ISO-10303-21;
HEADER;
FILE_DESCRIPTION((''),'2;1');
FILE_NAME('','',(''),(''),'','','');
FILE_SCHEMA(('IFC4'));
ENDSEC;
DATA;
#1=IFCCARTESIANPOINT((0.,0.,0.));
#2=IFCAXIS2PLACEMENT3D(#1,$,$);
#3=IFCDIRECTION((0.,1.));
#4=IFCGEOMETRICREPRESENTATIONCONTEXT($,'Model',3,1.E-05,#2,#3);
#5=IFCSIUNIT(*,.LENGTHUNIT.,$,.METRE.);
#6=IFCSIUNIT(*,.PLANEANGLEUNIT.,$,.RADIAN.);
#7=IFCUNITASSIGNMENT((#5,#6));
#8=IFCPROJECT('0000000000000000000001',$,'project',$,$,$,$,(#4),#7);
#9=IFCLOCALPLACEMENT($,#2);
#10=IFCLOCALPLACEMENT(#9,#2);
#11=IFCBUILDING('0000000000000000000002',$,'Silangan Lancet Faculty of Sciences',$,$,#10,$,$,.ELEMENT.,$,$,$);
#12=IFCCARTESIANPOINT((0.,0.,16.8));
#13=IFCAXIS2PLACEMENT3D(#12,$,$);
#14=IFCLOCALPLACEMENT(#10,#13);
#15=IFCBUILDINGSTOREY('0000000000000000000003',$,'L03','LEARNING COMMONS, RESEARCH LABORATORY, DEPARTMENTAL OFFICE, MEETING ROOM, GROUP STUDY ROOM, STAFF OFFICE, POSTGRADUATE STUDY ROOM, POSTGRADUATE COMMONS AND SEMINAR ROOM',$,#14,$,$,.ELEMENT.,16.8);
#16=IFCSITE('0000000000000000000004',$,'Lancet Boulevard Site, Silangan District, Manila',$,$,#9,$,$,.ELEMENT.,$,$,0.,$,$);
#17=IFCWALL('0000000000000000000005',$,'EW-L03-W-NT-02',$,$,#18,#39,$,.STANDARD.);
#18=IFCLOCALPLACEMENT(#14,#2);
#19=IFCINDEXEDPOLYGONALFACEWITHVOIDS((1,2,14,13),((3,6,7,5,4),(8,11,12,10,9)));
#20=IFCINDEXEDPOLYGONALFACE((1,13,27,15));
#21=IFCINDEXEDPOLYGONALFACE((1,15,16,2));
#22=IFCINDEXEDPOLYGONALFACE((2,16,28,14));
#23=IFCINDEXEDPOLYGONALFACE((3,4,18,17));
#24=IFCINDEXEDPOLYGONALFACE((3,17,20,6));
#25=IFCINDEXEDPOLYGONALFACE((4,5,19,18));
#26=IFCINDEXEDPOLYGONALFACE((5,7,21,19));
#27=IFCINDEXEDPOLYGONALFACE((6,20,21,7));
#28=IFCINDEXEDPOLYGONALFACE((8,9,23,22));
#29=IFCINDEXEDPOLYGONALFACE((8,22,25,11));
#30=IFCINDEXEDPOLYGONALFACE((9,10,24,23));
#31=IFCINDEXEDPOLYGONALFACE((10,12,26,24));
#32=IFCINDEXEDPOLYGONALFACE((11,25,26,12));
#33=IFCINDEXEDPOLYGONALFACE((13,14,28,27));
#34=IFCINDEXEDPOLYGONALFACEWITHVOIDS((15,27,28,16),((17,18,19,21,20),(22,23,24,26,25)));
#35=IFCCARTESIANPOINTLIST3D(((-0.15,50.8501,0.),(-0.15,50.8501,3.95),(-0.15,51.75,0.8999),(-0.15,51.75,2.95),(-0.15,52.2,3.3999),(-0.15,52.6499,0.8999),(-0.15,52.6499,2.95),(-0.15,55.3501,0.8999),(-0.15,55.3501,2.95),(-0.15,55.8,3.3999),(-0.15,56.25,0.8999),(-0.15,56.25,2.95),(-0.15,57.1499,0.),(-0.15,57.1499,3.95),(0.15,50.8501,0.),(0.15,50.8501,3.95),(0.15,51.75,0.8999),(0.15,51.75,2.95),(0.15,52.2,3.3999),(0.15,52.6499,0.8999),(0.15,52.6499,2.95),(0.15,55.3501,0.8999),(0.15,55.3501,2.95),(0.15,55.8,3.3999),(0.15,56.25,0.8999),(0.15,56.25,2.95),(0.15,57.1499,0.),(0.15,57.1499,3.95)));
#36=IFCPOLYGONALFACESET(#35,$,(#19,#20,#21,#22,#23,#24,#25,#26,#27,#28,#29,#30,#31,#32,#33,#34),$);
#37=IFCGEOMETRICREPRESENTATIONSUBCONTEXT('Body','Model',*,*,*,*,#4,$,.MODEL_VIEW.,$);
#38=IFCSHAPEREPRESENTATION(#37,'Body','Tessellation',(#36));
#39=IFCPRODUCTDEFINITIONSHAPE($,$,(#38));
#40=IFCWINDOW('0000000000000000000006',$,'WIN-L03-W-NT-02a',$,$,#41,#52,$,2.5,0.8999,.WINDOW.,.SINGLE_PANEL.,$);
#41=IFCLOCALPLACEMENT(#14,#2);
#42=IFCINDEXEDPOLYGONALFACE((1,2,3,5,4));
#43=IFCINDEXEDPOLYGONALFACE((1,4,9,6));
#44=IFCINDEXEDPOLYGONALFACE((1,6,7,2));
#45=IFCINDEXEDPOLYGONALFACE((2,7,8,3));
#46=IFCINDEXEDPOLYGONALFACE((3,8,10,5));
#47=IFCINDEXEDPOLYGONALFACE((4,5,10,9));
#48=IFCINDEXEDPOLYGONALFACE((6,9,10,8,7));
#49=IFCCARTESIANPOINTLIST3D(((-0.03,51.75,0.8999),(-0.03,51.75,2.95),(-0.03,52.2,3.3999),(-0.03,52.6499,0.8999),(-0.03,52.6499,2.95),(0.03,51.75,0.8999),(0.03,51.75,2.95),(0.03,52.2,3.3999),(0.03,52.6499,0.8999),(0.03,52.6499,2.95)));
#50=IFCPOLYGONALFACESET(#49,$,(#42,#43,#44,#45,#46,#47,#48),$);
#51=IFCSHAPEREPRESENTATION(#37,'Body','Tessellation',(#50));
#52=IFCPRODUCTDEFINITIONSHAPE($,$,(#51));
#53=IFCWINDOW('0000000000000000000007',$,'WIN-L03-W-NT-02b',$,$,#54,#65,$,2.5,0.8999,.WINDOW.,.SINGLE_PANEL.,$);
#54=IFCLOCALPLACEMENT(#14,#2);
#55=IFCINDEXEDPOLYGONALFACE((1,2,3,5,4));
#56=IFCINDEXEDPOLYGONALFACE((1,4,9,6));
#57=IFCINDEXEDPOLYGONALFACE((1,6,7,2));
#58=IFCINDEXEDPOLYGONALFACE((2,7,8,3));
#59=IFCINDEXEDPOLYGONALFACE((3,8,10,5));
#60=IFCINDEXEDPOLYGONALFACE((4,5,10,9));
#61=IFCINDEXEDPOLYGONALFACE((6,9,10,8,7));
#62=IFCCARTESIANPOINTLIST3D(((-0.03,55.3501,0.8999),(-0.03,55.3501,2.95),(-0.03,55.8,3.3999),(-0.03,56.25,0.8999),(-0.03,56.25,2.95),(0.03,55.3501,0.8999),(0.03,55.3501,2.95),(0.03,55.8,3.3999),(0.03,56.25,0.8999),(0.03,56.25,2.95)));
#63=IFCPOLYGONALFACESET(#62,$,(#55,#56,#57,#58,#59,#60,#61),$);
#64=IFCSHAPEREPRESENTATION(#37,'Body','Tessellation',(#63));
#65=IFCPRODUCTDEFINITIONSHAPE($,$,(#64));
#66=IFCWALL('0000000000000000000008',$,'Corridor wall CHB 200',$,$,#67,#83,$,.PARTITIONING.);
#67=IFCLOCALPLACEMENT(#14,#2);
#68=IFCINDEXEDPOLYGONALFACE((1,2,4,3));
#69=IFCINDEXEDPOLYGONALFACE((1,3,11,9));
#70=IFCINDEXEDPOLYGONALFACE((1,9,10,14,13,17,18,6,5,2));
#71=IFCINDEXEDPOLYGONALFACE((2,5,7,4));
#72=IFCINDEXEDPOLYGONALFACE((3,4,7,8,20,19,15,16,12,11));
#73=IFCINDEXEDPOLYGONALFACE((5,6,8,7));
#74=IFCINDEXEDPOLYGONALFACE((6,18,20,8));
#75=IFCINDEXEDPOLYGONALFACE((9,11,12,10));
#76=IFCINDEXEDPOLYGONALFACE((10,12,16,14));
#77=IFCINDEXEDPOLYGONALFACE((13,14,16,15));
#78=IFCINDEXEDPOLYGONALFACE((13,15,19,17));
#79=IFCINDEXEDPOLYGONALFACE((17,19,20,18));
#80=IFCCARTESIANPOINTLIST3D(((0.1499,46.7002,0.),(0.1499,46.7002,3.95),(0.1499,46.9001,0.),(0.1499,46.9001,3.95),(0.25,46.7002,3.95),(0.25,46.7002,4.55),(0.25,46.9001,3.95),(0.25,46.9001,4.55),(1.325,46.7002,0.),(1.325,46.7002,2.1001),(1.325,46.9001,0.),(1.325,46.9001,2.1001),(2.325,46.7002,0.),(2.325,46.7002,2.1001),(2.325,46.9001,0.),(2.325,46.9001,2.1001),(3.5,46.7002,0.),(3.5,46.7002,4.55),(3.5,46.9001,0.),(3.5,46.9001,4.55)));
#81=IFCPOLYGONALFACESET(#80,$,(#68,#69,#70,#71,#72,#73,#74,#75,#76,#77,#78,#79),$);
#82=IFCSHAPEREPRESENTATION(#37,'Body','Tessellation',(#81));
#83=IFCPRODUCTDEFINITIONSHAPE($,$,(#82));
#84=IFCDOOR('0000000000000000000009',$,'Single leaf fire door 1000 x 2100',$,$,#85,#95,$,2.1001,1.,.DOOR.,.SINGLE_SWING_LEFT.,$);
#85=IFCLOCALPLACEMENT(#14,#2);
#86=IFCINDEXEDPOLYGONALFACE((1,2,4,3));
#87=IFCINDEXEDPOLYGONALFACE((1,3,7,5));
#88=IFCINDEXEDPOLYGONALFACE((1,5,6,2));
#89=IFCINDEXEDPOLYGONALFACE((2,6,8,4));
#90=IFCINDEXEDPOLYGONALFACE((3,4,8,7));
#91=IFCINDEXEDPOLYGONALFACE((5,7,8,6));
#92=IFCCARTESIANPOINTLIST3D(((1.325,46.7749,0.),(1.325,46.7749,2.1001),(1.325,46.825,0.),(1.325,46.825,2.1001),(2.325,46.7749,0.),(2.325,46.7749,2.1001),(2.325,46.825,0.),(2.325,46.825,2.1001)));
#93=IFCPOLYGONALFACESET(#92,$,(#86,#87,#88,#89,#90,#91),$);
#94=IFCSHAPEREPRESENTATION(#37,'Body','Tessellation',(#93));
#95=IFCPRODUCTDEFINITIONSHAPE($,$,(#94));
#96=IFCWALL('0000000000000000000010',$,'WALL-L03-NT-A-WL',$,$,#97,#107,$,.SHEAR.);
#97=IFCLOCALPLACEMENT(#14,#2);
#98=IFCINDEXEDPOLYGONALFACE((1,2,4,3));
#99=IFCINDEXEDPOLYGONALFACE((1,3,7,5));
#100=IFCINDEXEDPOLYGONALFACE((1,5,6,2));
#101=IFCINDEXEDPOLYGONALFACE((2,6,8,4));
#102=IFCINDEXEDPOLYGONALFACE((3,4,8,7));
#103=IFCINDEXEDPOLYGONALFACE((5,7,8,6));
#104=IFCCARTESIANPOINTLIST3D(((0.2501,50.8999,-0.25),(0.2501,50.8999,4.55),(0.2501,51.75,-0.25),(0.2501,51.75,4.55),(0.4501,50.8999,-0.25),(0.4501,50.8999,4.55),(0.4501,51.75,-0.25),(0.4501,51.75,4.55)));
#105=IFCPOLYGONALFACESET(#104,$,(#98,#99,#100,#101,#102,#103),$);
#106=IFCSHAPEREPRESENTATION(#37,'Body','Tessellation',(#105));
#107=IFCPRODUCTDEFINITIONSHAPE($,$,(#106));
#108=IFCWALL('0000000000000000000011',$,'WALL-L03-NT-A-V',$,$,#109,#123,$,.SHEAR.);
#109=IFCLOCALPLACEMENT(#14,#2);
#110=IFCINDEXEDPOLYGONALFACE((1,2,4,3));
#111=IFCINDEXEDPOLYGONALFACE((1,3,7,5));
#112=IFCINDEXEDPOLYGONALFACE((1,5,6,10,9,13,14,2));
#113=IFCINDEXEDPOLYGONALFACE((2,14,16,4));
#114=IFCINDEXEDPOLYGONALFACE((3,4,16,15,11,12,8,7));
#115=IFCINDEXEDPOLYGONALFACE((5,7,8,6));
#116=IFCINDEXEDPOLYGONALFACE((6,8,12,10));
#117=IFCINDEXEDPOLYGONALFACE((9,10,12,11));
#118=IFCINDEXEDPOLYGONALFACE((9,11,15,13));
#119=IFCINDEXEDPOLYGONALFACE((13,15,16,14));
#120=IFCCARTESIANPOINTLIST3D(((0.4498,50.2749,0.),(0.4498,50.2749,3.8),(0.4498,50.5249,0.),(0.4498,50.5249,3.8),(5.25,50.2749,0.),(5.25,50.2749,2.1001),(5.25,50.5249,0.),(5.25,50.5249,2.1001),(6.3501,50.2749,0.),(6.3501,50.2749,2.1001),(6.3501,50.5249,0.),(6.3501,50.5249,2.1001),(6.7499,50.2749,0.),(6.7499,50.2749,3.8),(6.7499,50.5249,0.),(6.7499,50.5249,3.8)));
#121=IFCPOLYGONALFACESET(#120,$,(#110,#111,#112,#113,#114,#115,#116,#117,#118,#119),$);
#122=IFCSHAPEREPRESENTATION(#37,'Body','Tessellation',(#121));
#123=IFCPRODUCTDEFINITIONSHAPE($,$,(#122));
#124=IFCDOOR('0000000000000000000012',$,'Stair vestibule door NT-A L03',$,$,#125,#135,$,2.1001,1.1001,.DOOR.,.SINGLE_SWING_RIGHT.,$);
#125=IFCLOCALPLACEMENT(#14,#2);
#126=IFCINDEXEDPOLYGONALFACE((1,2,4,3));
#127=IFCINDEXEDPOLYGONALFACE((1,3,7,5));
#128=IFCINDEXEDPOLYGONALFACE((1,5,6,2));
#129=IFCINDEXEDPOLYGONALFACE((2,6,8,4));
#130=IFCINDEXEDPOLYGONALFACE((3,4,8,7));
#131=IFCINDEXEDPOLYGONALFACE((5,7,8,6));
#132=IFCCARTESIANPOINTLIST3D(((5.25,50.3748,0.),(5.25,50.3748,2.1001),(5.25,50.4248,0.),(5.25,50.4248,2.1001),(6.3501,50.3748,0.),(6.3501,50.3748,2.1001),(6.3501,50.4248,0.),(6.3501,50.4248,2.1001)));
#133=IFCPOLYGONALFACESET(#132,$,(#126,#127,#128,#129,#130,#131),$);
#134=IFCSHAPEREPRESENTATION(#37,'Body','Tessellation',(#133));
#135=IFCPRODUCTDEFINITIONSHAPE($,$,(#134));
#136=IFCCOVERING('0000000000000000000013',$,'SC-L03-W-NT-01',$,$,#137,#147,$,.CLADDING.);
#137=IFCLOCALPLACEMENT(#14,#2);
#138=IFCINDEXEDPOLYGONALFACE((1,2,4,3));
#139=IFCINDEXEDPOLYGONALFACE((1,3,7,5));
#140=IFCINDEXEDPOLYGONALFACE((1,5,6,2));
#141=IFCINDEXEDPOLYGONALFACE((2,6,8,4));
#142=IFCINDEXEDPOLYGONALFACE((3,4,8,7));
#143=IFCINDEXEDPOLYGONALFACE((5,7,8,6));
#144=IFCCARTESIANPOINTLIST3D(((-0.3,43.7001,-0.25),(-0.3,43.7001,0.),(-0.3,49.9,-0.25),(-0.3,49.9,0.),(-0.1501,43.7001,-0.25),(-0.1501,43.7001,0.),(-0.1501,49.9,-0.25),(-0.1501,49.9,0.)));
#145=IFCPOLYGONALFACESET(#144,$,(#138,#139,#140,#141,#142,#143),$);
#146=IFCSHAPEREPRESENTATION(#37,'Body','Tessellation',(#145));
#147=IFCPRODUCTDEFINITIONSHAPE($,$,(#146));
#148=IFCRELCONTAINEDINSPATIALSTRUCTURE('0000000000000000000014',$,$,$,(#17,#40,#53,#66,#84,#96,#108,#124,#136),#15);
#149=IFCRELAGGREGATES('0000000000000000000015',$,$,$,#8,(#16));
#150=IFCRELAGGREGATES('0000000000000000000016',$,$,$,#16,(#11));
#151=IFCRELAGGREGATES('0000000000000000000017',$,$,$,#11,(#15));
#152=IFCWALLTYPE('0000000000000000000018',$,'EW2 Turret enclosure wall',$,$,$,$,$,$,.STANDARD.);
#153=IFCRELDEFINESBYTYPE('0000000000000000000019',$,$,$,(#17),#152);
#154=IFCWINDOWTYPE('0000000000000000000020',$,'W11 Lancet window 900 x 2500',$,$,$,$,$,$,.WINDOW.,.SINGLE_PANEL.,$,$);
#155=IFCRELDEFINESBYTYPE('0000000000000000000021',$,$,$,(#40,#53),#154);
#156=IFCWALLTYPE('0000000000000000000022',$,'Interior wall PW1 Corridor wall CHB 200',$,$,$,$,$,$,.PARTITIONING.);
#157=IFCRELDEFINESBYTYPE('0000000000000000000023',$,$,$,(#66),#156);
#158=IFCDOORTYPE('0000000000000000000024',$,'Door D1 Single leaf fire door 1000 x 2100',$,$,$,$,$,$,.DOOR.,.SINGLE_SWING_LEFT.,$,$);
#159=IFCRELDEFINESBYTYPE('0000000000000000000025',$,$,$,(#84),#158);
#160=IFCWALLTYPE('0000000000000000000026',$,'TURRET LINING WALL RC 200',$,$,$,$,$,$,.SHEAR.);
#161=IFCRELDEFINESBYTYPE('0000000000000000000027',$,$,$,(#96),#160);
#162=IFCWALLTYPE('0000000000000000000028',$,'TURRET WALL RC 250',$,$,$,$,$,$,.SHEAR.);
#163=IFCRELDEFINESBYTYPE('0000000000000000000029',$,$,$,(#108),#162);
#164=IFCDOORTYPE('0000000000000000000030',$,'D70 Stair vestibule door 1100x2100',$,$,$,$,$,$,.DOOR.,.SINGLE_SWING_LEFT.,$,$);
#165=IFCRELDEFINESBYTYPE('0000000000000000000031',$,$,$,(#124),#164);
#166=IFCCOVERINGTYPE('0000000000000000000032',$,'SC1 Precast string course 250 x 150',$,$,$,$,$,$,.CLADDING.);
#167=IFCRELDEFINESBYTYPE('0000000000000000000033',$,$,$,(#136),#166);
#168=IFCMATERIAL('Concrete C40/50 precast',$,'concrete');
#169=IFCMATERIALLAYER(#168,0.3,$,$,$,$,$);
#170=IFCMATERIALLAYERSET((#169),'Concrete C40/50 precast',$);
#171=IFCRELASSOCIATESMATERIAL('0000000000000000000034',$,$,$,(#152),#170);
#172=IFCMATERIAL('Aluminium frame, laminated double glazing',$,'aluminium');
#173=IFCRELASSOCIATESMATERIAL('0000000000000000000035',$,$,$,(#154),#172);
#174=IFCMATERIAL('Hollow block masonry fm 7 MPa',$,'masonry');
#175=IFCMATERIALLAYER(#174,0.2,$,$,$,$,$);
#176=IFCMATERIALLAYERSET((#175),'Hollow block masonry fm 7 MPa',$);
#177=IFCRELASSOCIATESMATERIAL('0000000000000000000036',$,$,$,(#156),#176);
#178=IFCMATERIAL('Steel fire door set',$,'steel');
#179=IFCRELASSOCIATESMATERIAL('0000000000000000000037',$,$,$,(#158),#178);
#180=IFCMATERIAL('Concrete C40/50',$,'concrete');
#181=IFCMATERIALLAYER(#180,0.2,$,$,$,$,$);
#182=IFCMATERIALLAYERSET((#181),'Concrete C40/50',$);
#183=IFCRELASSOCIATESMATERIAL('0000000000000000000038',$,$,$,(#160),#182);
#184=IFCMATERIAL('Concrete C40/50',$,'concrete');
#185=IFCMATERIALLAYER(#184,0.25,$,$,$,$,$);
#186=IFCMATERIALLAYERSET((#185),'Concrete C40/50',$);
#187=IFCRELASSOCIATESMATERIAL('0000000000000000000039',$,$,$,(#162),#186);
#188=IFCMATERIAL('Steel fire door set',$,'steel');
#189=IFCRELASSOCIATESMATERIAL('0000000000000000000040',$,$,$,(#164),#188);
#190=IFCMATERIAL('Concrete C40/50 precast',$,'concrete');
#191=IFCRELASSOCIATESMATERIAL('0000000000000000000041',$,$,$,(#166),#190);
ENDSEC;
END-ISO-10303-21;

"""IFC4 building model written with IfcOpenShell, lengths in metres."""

from ifc_helpers import new_model, si_unit, direction, frame, frame_2d, origin, origin_2d, place, context, subcontext, project, spatial, polyline, rectangle, outline, extrude, material, layer, layer_set, type_object, element, fill, save


model = new_model("IFC4")

# Units and contexts
model_context = context("Model", 3, precision=1e-05, world=origin(), true_north=direction((0.0, 1.0)))
body_context = subcontext(model_context, "Body", "Model", "MODEL_VIEW")
ifc_project = project(units=[si_unit("LENGTHUNIT", "METRE"), si_unit("PLANEANGLEUNIT", "RADIAN")], contexts=[model_context])

# Site, building, storey
site_placement = place(None, origin())
site = spatial("IfcSite", under=ifc_project, at=site_placement, Name="Lancet Boulevard Site, Silangan District, Manila", CompositionType="ELEMENT", RefElevation=0.0)
building_placement = place(site_placement, origin())
building = spatial("IfcBuilding", under=site, at=building_placement, Name="Silangan Lancet Faculty of Sciences", CompositionType="ELEMENT")
storey_placement = place(building_placement, frame((0.0, 0.0, 16.8)))
storey = spatial("IfcBuildingStorey", under=building, at=storey_placement, Name="L03", Description="LEARNING COMMONS, RESEARCH LABORATORY, DEPARTMENTAL OFFICE, MEETING ROOM, GROUP STUDY ROOM, STAFF OFFICE, POSTGRADUATE STUDY ROOM, POSTGRADUATE COMMONS AND SEMINAR ROOM", CompositionType="ELEMENT", Elevation=16.8)

# Wall, openings, windows
ifc_material_1 = material(Name="Concrete C40/50 precast", Category="concrete")
ifc_layer_1 = layer(ifc_material_1, 0.3)
ifc_layer_set_1 = layer_set([ifc_layer_1], Name="Concrete C40/50 precast")
wall_type_1 = type_object("IfcWallType", Name="EW2 Turret enclosure wall", PredefinedType="STANDARD", material=ifc_layer_set_1)
wall_1_placement = place(storey_placement, frame((0.0, 50.8501, 0.0), z_axis=(0.0, 0.0, 1.0), x_axis=(0.0, 1.0, 0.0)))
wall_1 = element("IfcWall", 1, at=wall_1_placement, inside=storey, type_object=wall_type_1, Name="EW-L03-W-NT-02", PredefinedType="STANDARD", context=body_context, shape_type="SweptSolid", body=[
    extrude(rectangle(XDim=6.2998, YDim=0.3, at=frame_2d((3.1499, 0.0))), origin(), (0.0, 0.0, 1.0), 3.95),
])
opening_1_placement = place(wall_1_placement, frame((0.8999, 0.0, 0.8999)))
opening_1 = element("IfcOpeningElement", 2, at=opening_1_placement, cuts=wall_1, PredefinedType="OPENING", context=body_context, shape_type="SweptSolid", body=[
    extrude(outline(polyline([(0.0, 0.0), (0.8999, 0.0), (0.8999, 2.05), (0.45, 2.5), (0.0, 2.05), (0.0, 0.0)])), frame((0.0, 0.1599, 0.0), z_axis=(0.0, -1.0, 0.0), x_axis=(1.0, 0.0, 0.0)), (0.0, 0.0, 1.0), 0.3201),
])
opening_2_placement = place(wall_1_placement, frame((4.5, 0.0, 0.8999)))
opening_2 = element("IfcOpeningElement", 3, at=opening_2_placement, cuts=wall_1, PredefinedType="OPENING", context=body_context, shape_type="SweptSolid", body=[
    extrude(outline(polyline([(0.0, 0.0), (0.8999, 0.0), (0.8999, 2.05), (0.45, 2.5), (0.0, 2.05), (0.0, 0.0)])), frame((0.0, 0.1599, 0.0), z_axis=(0.0, -1.0, 0.0), x_axis=(1.0, 0.0, 0.0)), (0.0, 0.0, 1.0), 0.3201),
])
ifc_material_2 = material(Name="Aluminium frame, laminated double glazing", Category="aluminium")
window_type_1 = type_object("IfcWindowType", Name="W11 Lancet window 900 x 2500", PartitioningType="SINGLE_PANEL", PredefinedType="WINDOW", material=ifc_material_2)
window_1_placement = place(opening_1_placement, origin())
window_1 = element("IfcWindow", 4, at=window_1_placement, inside=storey, type_object=window_type_1, Name="WIN-L03-W-NT-02a", OverallHeight=2.5, OverallWidth=0.8999, PartitioningType="SINGLE_PANEL", PredefinedType="WINDOW", context=body_context, shape_type="SweptSolid", body=[
    extrude(outline(polyline([(0.0, 0.0), (0.8999, 0.0), (0.8999, 2.05), (0.45, 2.5), (0.0, 2.05), (0.0, 0.0)])), frame((0.0, 0.03, 0.0), z_axis=(0.0, -1.0, 0.0), x_axis=(1.0, 0.0, 0.0)), (0.0, 0.0, 1.0), 0.0601),
])
fill(opening_1, window_1)
window_2_placement = place(opening_2_placement, origin())
window_2 = element("IfcWindow", 5, at=window_2_placement, inside=storey, type_object=window_type_1, Name="WIN-L03-W-NT-02b", OverallHeight=2.5, OverallWidth=0.8999, PartitioningType="SINGLE_PANEL", PredefinedType="WINDOW", context=body_context, shape_type="SweptSolid", body=[
    extrude(outline(polyline([(0.0, 0.0), (0.8999, 0.0), (0.8999, 2.05), (0.45, 2.5), (0.0, 2.05), (0.0, 0.0)])), frame((0.0, 0.03, 0.0), z_axis=(0.0, -1.0, 0.0), x_axis=(1.0, 0.0, 0.0)), (0.0, 0.0, 1.0), 0.0601),
])
fill(opening_2, window_2)

# Wall, opening, door
ifc_material_3 = material(Name="Hollow block masonry fm 7 MPa", Category="masonry")
ifc_layer_2 = layer(ifc_material_3, 0.2)
ifc_layer_set_2 = layer_set([ifc_layer_2], Name="Hollow block masonry fm 7 MPa")
wall_type_2 = type_object("IfcWallType", Name="Interior wall PW1 Corridor wall CHB 200", PredefinedType="PARTITIONING", material=ifc_layer_set_2)
wall_2_placement = place(storey_placement, frame((0.1499, 46.8, 0.0), z_axis=(0.0, 0.0, 1.0), x_axis=(1.0, 0.0, 0.0)))
wall_2 = element("IfcWall", 6, at=wall_2_placement, inside=storey, type_object=wall_type_2, Name="Corridor wall CHB 200", PredefinedType="PARTITIONING", context=body_context, shape_type="SweptSolid", body=[
    extrude(outline(polyline([(0.0, 0.0), (3.3501, 0.0), (3.3501, 4.55), (0.1001, 4.55), (0.1001, 3.95), (0.0, 3.95), (0.0, 0.0)])), frame((0.0, 0.1001, 0.0), z_axis=(0.0, -1.0, 0.0), x_axis=(1.0, 0.0, 0.0)), (0.0, 0.0, 1.0), 0.2),
])
opening_3_placement = place(wall_2_placement, frame((1.175, 0.0, 0.0)))
opening_3 = element("IfcOpeningElement", 7, at=opening_3_placement, cuts=wall_2, PredefinedType="OPENING", context=body_context, shape_type="SweptSolid", body=[
    extrude(rectangle(XDim=1.0, YDim=2.1001, at=frame_2d((0.5, 1.05))), frame((0.0, 0.1099, 0.0), z_axis=(0.0, -1.0, 0.0), x_axis=(1.0, 0.0, 0.0)), (0.0, 0.0, 1.0), 0.22),
])
ifc_material_4 = material(Name="Steel fire door set", Category="steel")
door_type_1 = type_object("IfcDoorType", Name="Door D1 Single leaf fire door 1000 x 2100", OperationType="SINGLE_SWING_LEFT", PredefinedType="DOOR", material=ifc_material_4)
door_1_placement = place(opening_3_placement, frame((1.0, 0.0, 0.0), z_axis=(0.0, 0.0, 1.0), x_axis=(-1.0, 0.0, 0.0)))
door_1 = element("IfcDoor", 8, at=door_1_placement, inside=storey, type_object=door_type_1, Name="Single leaf fire door 1000 x 2100", OperationType="SINGLE_SWING_LEFT", OverallHeight=2.1001, OverallWidth=1.0, PredefinedType="DOOR", context=body_context, shape_type="SweptSolid", body=[
    extrude(rectangle(XDim=1.0, YDim=2.1001, at=frame_2d((0.5, 1.05))), frame((0.0, 0.0251, 0.0), z_axis=(0.0, -1.0, 0.0), x_axis=(1.0, 0.0, 0.0)), (0.0, 0.0, 1.0), 0.05),
])
fill(opening_3, door_1)

# Wall
ifc_material_5 = material(Name="Concrete C40/50", Category="concrete")
ifc_layer_3 = layer(ifc_material_5, 0.2)
ifc_layer_set_3 = layer_set([ifc_layer_3], Name="Concrete C40/50")
wall_type_3 = type_object("IfcWallType", Name="TURRET LINING WALL RC 200", PredefinedType="SHEAR", material=ifc_layer_set_3)
wall_3_placement = place(storey_placement, frame((0.3501, 50.8999, -0.25), z_axis=(0.0, 0.0, 1.0), x_axis=(0.0, 1.0, 0.0)))
element("IfcWall", 9, at=wall_3_placement, inside=storey, type_object=wall_type_3, Name="WALL-L03-NT-A-WL", PredefinedType="SHEAR", context=body_context, shape_type="SweptSolid", body=[
    extrude(rectangle(XDim=0.8501, YDim=0.2, at=frame_2d((0.425, 0.0))), origin(), (0.0, 0.0, 1.0), 4.8),
])

# Wall, opening, door
ifc_material_6 = material(Name="Concrete C40/50", Category="concrete")
ifc_layer_4 = layer(ifc_material_6, 0.25)
ifc_layer_set_4 = layer_set([ifc_layer_4], Name="Concrete C40/50")
wall_type_4 = type_object("IfcWallType", Name="TURRET WALL RC 250", PredefinedType="SHEAR", material=ifc_layer_set_4)
wall_4_placement = place(storey_placement, frame((0.45, 50.3999, 0.0), z_axis=(0.0, 0.0, 1.0), x_axis=(1.0, 0.0, 0.0)))
wall_4 = element("IfcWall", 10, at=wall_4_placement, inside=storey, type_object=wall_type_4, Name="WALL-L03-NT-A-V", PredefinedType="SHEAR", context=body_context, shape_type="SweptSolid", body=[
    extrude(rectangle(XDim=6.3, YDim=0.25, at=frame_2d((3.1499, 0.0))), origin(), (0.0, 0.0, 1.0), 3.8),
])
opening_4_placement = place(wall_4_placement, frame((4.8, 0.0, 0.0)))
opening_4 = element("IfcOpeningElement", 11, at=opening_4_placement, cuts=wall_4, PredefinedType="OPENING", context=body_context, shape_type="SweptSolid", body=[
    extrude(rectangle(XDim=1.1001, YDim=2.1001, at=frame_2d((0.55, 1.05))), frame((0.0, 0.135, 0.0), z_axis=(0.0, -1.0, 0.0), x_axis=(1.0, 0.0, 0.0)), (0.0, 0.0, 1.0), 0.27),
])
ifc_material_7 = material(Name="Steel fire door set", Category="steel")
door_type_2 = type_object("IfcDoorType", Name="D70 Stair vestibule door 1100x2100", OperationType="SINGLE_SWING_LEFT", PredefinedType="DOOR", material=ifc_material_7)
door_2_placement = place(opening_4_placement, origin())
door_2 = element("IfcDoor", 12, at=door_2_placement, inside=storey, type_object=door_type_2, Name="Stair vestibule door NT-A L03", OperationType="SINGLE_SWING_RIGHT", OverallHeight=2.1001, OverallWidth=1.1001, PredefinedType="DOOR", context=body_context, shape_type="SweptSolid", body=[
    extrude(rectangle(XDim=1.1001, YDim=2.1001, at=frame_2d((0.55, 1.05))), frame((0.0, 0.0249, 0.0), z_axis=(0.0, -1.0, 0.0), x_axis=(1.0, 0.0, 0.0)), (0.0, 0.0, 1.0), 0.05),
])
fill(opening_4, door_2)

# Covering
ifc_material_8 = material(Name="Concrete C40/50 precast", Category="concrete")
covering_type = type_object("IfcCoveringType", Name="SC1 Precast string course 250 x 150", PredefinedType="CLADDING", material=ifc_material_8)
covering_placement = place(storey_placement, frame((-0.2251, 46.8, -0.25), z_axis=(0.0, 0.0, 1.0), x_axis=(1.0, 0.0, 0.0)))
element("IfcCovering", 13, at=covering_placement, inside=storey, type_object=covering_type, Name="SC-L03-W-NT-01", PredefinedType="CLADDING", context=body_context, shape_type="SweptSolid", body=[
    extrude(rectangle(XDim=0.1499, YDim=6.2, at=origin_2d()), origin(), (0.0, 0.0, 1.0), 0.25),
])

save(model, "model.ifc")
